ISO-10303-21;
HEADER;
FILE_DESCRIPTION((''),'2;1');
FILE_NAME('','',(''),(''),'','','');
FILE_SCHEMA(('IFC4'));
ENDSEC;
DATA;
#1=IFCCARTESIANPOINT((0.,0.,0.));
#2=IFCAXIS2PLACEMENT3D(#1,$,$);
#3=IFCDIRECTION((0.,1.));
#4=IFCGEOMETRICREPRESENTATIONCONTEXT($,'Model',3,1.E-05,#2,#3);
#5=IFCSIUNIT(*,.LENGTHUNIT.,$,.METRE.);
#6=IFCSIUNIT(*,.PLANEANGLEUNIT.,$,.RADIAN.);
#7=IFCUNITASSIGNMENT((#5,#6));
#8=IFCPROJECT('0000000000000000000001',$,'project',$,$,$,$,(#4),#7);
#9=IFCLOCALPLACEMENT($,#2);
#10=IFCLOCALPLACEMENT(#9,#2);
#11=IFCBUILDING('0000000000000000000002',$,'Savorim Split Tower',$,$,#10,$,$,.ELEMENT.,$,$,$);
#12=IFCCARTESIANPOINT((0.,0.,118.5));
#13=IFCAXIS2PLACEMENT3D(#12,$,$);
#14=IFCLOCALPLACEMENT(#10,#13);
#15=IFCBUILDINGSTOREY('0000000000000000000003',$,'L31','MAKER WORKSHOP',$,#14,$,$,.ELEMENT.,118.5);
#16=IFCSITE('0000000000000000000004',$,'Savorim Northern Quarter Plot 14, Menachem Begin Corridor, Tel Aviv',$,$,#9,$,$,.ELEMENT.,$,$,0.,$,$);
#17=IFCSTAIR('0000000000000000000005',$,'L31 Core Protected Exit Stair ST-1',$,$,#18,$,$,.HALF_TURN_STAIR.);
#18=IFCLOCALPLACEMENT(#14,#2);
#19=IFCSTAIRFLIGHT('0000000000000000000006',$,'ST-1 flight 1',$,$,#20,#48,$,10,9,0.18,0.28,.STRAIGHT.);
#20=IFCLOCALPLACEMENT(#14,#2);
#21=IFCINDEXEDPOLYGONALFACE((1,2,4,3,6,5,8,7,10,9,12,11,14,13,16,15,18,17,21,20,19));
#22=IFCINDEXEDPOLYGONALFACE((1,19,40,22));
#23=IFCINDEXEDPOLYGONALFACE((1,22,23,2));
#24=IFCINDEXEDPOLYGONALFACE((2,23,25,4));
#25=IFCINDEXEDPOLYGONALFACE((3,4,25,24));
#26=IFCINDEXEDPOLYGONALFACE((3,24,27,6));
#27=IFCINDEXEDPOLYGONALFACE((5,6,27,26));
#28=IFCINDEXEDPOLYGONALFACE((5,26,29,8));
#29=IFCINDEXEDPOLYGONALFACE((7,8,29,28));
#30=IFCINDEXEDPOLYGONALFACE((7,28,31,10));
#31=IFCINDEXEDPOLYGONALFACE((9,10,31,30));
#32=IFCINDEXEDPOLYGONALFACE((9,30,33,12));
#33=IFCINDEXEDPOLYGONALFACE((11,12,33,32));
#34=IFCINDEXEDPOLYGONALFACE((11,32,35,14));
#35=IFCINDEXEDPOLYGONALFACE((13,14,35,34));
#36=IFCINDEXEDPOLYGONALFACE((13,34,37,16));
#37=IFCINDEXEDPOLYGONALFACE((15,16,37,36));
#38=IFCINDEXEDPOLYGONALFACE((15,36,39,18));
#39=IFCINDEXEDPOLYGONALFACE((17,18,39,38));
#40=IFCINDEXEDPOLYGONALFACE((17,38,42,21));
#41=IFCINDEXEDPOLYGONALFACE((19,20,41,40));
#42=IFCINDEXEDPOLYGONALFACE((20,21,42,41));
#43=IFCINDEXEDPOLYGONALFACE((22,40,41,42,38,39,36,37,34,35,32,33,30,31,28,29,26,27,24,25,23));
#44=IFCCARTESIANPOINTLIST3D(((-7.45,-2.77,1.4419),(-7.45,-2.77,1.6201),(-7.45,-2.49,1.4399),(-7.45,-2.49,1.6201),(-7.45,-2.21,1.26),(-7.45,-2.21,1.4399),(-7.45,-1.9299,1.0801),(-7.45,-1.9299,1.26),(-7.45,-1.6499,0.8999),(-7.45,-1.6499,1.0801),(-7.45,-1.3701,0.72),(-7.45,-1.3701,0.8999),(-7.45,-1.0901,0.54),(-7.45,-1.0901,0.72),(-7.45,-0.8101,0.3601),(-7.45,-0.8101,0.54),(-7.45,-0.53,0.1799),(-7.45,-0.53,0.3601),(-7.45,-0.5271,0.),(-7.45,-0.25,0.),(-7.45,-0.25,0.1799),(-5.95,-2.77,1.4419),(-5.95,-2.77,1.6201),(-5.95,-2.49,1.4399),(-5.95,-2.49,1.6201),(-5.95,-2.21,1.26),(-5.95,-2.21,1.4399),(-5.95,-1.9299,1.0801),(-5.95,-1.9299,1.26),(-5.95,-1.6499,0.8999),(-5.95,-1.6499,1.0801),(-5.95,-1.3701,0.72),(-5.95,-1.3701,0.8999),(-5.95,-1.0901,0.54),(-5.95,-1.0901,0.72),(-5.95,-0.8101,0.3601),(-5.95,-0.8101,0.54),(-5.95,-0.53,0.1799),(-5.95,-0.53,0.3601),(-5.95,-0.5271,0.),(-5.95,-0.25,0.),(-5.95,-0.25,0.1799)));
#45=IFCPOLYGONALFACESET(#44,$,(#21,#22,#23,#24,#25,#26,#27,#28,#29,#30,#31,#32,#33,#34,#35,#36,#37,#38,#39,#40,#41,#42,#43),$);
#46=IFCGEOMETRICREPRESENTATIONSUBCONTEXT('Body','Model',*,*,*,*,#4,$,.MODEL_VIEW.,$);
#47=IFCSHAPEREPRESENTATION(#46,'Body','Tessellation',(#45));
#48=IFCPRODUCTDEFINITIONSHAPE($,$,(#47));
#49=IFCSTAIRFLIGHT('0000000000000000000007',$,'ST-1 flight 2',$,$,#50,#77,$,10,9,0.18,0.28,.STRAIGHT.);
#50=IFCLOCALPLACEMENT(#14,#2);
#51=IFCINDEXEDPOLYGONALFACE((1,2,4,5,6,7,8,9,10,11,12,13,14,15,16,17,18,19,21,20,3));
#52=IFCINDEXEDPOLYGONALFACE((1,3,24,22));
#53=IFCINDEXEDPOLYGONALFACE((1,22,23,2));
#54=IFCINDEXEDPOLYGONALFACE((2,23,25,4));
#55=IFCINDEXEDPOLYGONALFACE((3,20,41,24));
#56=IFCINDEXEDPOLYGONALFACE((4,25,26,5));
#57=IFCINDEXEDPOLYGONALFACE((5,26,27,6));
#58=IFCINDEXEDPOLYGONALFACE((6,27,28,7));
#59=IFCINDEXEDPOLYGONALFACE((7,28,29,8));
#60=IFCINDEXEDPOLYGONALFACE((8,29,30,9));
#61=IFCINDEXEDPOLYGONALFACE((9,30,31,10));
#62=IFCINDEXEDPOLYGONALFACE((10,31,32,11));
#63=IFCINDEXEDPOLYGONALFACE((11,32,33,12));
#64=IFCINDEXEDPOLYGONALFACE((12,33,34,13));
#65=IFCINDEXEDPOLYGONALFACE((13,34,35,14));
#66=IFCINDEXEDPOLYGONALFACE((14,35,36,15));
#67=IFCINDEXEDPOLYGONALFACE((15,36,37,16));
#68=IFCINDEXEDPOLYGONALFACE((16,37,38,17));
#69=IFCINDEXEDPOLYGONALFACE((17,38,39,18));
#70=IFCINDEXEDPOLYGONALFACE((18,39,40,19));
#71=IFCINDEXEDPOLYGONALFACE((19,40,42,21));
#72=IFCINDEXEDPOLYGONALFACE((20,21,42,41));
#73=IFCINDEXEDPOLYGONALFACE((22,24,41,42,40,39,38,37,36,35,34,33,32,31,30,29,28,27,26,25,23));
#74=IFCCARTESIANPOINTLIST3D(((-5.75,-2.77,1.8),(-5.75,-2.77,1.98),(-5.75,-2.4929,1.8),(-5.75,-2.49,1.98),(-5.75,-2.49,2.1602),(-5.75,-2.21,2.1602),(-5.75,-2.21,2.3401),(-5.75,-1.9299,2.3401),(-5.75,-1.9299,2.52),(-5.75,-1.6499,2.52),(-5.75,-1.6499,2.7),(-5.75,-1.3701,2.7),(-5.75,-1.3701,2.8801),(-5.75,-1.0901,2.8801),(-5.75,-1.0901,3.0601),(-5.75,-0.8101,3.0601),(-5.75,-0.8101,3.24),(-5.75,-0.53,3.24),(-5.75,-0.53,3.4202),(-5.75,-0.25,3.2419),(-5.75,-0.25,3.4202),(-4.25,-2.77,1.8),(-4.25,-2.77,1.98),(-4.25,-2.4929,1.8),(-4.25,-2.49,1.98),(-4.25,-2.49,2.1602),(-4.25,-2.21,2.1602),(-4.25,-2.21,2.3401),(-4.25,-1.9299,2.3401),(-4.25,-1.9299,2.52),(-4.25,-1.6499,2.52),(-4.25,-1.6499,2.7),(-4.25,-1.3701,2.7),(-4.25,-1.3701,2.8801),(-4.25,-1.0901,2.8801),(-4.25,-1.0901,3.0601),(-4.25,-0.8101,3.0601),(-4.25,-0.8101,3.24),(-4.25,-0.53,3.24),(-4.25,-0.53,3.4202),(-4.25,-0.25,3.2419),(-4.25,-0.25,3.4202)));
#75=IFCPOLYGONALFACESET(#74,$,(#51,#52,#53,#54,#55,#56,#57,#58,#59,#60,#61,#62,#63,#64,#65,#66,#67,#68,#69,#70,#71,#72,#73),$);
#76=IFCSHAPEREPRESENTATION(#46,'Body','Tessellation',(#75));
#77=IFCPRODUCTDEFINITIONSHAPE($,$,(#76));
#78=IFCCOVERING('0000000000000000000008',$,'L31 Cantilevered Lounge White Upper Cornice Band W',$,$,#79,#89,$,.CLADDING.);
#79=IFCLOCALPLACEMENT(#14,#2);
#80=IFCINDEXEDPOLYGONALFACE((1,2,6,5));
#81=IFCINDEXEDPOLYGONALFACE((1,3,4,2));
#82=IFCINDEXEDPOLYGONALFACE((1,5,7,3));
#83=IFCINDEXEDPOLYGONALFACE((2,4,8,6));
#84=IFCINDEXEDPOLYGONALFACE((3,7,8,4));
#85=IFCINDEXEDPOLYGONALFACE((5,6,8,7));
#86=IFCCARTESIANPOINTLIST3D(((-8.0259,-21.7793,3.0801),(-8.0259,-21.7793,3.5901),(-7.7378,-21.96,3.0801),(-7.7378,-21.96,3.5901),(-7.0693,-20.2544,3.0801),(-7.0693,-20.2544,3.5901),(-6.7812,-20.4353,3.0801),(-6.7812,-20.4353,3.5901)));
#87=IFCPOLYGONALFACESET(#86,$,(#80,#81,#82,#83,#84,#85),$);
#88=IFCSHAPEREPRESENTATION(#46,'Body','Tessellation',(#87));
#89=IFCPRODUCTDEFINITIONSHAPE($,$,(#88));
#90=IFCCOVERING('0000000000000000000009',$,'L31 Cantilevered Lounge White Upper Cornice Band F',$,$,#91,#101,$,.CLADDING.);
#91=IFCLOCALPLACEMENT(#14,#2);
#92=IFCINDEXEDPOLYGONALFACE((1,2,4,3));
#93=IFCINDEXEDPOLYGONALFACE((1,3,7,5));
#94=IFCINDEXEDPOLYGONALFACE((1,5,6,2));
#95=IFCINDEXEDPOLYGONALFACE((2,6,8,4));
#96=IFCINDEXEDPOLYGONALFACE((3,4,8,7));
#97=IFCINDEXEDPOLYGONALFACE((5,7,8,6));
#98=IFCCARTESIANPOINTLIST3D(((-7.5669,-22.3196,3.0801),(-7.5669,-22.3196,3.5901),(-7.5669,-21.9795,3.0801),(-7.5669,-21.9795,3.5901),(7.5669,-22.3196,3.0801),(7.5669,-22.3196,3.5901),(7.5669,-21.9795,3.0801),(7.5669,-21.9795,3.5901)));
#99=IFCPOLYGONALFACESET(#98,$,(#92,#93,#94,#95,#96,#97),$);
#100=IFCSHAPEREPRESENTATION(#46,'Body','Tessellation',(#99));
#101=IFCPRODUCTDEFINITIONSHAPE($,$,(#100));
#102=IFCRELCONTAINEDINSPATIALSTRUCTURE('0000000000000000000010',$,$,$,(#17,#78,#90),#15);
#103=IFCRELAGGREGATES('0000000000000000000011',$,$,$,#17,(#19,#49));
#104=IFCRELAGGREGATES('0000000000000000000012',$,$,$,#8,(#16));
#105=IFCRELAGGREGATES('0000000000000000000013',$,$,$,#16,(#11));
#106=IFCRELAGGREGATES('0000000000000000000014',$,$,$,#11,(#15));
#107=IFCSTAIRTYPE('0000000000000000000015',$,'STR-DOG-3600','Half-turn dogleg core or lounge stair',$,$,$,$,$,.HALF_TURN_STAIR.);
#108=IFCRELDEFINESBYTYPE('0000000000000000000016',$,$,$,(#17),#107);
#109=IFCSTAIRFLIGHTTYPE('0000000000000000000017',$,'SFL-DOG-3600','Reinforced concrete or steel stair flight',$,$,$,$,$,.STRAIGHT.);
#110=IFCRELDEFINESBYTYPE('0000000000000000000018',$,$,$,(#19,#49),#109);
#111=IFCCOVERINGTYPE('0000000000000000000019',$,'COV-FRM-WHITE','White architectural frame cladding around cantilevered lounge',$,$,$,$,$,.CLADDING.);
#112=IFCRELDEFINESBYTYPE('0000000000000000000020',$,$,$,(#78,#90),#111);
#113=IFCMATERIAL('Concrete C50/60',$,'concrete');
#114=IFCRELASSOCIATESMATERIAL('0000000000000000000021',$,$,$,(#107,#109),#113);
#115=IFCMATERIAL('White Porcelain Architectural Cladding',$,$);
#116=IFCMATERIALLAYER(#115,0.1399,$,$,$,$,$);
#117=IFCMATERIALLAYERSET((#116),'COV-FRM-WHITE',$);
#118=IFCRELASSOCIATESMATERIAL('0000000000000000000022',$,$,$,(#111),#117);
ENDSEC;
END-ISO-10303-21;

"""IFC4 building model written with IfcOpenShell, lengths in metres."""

from ifc_helpers import new_model, si_unit, direction, frame, origin, place, context, subcontext, project, spatial, polyline, outline, extrude, material, layer, layer_set, type_object, element, aggregate, save


model = new_model("IFC4")

# Units and contexts
model_context = context("Model", 3, precision=1e-05, world=origin(), true_north=direction((0.0, 1.0)))
body_context = subcontext(model_context, "Body", "Model", "MODEL_VIEW")
ifc_project = project(units=[si_unit("LENGTHUNIT", "METRE"), si_unit("PLANEANGLEUNIT", "RADIAN")], contexts=[model_context])

# Site, building, storey
site_placement = place(None, origin())
site = spatial("IfcSite", under=ifc_project, at=site_placement, Name="Savorim Northern Quarter Plot 14, Menachem Begin Corridor, Tel Aviv", CompositionType="ELEMENT", RefElevation=0.0)
building_placement = place(site_placement, origin())
building = spatial("IfcBuilding", under=site, at=building_placement, Name="Savorim Split Tower", CompositionType="ELEMENT")
storey_placement = place(building_placement, frame((0.0, 0.0, 118.5)))
storey = spatial("IfcBuildingStorey", under=building, at=storey_placement, Name="L31", Description="MAKER WORKSHOP", CompositionType="ELEMENT", Elevation=118.5)

# Shared definitions
ifc_material_1 = material(Name="Concrete C50/60", Category="concrete")

# Stair, stair flights
stair_type = type_object("IfcStairType", Name="STR-DOG-3600", Description="Half-turn dogleg core or lounge stair", PredefinedType="HALF_TURN_STAIR", material=ifc_material_1)
stair_placement = place(storey_placement, origin())
stair = element("IfcStair", 1, at=stair_placement, inside=storey, type_object=stair_type, Name="L31 Core Protected Exit Stair ST-1", PredefinedType="HALF_TURN_STAIR")
stair_flight_type = type_object("IfcStairFlightType", Name="SFL-DOG-3600", Description="Reinforced concrete or steel stair flight", PredefinedType="STRAIGHT", material=ifc_material_1)
stair_flight_1_placement = place(storey_placement, frame((-6.7, -0.25, 0.0), z_axis=(0.0, 0.0, 1.0), x_axis=(0.0, -1.0, 0.0)))
stair_flight_1 = element("IfcStairFlight", 2, at=stair_flight_1_placement, type_object=stair_flight_type, Name="ST-1 flight 1", NumberOfRisers=10, NumberOfTreads=9, PredefinedType="STRAIGHT", RiserHeight=0.18, TreadLength=0.28, context=body_context, shape_type="SweptSolid", body=[
    extrude(outline(polyline([(0.0, 0.0), (0.0, 0.1799), (0.28, 0.1799), (0.28, 0.3601), (0.5601, 0.3601), (0.5601, 0.54), (0.8401, 0.54), (0.8401, 0.72), (1.1201, 0.72), (1.1201, 0.8999), (1.3999, 0.8999), (1.3999, 1.0801), (1.6799, 1.0801), (1.6799, 1.26), (1.96, 1.26), (1.96, 1.4399), (2.24, 1.4399), (2.24, 1.6201), (2.52, 1.6201), (2.52, 1.8), (2.52, 1.4419), (0.2771, 0.0), (0.0, 0.0)])), frame((0.0, 0.75, 0.0), z_axis=(0.0, -1.0, 0.0), x_axis=(1.0, 0.0, 0.0)), (0.0, 0.0, 1.0), 1.5),
])
stair_flight_2_placement = place(storey_placement, frame((-5.0, -2.77, 1.8), z_axis=(0.0, 0.0, 1.0), x_axis=(0.0, 1.0, 0.0)))
stair_flight_2 = element("IfcStairFlight", 3, at=stair_flight_2_placement, type_object=stair_flight_type, Name="ST-1 flight 2", NumberOfRisers=10, NumberOfTreads=9, PredefinedType="STRAIGHT", RiserHeight=0.18, TreadLength=0.28, context=body_context, shape_type="SweptSolid", body=[
    extrude(outline(polyline([(0.0, 0.0), (0.0, 0.1799), (0.28, 0.1799), (0.28, 0.3601), (0.5601, 0.3601), (0.5601, 0.54), (0.8401, 0.54), (0.8401, 0.72), (1.1201, 0.72), (1.1201, 0.8999), (1.3999, 0.8999), (1.3999, 1.0801), (1.6799, 1.0801), (1.6799, 1.26), (1.96, 1.26), (1.96, 1.4399), (2.24, 1.4399), (2.24, 1.6201), (2.52, 1.6201), (2.52, 1.8), (2.52, 1.4419), (0.2771, 0.0), (0.0, 0.0)])), frame((0.0, 0.75, 0.0), z_axis=(0.0, -1.0, 0.0), x_axis=(1.0, 0.0, 0.0)), (0.0, 0.0, 1.0), 1.5),
])
aggregate(stair, [stair_flight_1, stair_flight_2])

# Coverings
ifc_material_2 = material(Name="White Porcelain Architectural Cladding")
ifc_layer_1 = layer(ifc_material_2, 0.1399)
ifc_layer_set_1 = layer_set([ifc_layer_1], Name="COV-FRM-WHITE")
covering_type = type_object("IfcCoveringType", Name="COV-FRM-WHITE", Description="White architectural frame cladding around cantilevered lounge", PredefinedType="CLADDING", material=ifc_layer_set_1)
covering_1_placement = place(storey_placement, frame((0.0, 0.0, 3.0801)))
element("IfcCovering", 4, at=covering_1_placement, inside=storey, type_object=covering_type, Name="L31 Cantilevered Lounge White Upper Cornice Band W", PredefinedType="CLADDING", context=body_context, shape_type="SweptSolid", body=[
    extrude(outline(polyline([(-7.0693, -20.2544), (-8.0259, -21.7793), (-7.7378, -21.96), (-6.7812, -20.4353), (-7.0693, -20.2544)])), origin(), (0.0, 0.0, 1.0), 0.51),
])
covering_2_placement = place(storey_placement, frame((0.0, 0.0, 3.0801)))
element("IfcCovering", 5, at=covering_2_placement, inside=storey, type_object=covering_type, Name="L31 Cantilevered Lounge White Upper Cornice Band F", PredefinedType="CLADDING", context=body_context, shape_type="SweptSolid", body=[
    extrude(outline(polyline([(-7.5669, -22.3196), (7.5669, -22.3196), (7.5669, -21.9795), (-7.5669, -21.9795), (-7.5669, -22.3196)])), origin(), (0.0, 0.0, 1.0), 0.51),
])

save(model, "model.ifc")
